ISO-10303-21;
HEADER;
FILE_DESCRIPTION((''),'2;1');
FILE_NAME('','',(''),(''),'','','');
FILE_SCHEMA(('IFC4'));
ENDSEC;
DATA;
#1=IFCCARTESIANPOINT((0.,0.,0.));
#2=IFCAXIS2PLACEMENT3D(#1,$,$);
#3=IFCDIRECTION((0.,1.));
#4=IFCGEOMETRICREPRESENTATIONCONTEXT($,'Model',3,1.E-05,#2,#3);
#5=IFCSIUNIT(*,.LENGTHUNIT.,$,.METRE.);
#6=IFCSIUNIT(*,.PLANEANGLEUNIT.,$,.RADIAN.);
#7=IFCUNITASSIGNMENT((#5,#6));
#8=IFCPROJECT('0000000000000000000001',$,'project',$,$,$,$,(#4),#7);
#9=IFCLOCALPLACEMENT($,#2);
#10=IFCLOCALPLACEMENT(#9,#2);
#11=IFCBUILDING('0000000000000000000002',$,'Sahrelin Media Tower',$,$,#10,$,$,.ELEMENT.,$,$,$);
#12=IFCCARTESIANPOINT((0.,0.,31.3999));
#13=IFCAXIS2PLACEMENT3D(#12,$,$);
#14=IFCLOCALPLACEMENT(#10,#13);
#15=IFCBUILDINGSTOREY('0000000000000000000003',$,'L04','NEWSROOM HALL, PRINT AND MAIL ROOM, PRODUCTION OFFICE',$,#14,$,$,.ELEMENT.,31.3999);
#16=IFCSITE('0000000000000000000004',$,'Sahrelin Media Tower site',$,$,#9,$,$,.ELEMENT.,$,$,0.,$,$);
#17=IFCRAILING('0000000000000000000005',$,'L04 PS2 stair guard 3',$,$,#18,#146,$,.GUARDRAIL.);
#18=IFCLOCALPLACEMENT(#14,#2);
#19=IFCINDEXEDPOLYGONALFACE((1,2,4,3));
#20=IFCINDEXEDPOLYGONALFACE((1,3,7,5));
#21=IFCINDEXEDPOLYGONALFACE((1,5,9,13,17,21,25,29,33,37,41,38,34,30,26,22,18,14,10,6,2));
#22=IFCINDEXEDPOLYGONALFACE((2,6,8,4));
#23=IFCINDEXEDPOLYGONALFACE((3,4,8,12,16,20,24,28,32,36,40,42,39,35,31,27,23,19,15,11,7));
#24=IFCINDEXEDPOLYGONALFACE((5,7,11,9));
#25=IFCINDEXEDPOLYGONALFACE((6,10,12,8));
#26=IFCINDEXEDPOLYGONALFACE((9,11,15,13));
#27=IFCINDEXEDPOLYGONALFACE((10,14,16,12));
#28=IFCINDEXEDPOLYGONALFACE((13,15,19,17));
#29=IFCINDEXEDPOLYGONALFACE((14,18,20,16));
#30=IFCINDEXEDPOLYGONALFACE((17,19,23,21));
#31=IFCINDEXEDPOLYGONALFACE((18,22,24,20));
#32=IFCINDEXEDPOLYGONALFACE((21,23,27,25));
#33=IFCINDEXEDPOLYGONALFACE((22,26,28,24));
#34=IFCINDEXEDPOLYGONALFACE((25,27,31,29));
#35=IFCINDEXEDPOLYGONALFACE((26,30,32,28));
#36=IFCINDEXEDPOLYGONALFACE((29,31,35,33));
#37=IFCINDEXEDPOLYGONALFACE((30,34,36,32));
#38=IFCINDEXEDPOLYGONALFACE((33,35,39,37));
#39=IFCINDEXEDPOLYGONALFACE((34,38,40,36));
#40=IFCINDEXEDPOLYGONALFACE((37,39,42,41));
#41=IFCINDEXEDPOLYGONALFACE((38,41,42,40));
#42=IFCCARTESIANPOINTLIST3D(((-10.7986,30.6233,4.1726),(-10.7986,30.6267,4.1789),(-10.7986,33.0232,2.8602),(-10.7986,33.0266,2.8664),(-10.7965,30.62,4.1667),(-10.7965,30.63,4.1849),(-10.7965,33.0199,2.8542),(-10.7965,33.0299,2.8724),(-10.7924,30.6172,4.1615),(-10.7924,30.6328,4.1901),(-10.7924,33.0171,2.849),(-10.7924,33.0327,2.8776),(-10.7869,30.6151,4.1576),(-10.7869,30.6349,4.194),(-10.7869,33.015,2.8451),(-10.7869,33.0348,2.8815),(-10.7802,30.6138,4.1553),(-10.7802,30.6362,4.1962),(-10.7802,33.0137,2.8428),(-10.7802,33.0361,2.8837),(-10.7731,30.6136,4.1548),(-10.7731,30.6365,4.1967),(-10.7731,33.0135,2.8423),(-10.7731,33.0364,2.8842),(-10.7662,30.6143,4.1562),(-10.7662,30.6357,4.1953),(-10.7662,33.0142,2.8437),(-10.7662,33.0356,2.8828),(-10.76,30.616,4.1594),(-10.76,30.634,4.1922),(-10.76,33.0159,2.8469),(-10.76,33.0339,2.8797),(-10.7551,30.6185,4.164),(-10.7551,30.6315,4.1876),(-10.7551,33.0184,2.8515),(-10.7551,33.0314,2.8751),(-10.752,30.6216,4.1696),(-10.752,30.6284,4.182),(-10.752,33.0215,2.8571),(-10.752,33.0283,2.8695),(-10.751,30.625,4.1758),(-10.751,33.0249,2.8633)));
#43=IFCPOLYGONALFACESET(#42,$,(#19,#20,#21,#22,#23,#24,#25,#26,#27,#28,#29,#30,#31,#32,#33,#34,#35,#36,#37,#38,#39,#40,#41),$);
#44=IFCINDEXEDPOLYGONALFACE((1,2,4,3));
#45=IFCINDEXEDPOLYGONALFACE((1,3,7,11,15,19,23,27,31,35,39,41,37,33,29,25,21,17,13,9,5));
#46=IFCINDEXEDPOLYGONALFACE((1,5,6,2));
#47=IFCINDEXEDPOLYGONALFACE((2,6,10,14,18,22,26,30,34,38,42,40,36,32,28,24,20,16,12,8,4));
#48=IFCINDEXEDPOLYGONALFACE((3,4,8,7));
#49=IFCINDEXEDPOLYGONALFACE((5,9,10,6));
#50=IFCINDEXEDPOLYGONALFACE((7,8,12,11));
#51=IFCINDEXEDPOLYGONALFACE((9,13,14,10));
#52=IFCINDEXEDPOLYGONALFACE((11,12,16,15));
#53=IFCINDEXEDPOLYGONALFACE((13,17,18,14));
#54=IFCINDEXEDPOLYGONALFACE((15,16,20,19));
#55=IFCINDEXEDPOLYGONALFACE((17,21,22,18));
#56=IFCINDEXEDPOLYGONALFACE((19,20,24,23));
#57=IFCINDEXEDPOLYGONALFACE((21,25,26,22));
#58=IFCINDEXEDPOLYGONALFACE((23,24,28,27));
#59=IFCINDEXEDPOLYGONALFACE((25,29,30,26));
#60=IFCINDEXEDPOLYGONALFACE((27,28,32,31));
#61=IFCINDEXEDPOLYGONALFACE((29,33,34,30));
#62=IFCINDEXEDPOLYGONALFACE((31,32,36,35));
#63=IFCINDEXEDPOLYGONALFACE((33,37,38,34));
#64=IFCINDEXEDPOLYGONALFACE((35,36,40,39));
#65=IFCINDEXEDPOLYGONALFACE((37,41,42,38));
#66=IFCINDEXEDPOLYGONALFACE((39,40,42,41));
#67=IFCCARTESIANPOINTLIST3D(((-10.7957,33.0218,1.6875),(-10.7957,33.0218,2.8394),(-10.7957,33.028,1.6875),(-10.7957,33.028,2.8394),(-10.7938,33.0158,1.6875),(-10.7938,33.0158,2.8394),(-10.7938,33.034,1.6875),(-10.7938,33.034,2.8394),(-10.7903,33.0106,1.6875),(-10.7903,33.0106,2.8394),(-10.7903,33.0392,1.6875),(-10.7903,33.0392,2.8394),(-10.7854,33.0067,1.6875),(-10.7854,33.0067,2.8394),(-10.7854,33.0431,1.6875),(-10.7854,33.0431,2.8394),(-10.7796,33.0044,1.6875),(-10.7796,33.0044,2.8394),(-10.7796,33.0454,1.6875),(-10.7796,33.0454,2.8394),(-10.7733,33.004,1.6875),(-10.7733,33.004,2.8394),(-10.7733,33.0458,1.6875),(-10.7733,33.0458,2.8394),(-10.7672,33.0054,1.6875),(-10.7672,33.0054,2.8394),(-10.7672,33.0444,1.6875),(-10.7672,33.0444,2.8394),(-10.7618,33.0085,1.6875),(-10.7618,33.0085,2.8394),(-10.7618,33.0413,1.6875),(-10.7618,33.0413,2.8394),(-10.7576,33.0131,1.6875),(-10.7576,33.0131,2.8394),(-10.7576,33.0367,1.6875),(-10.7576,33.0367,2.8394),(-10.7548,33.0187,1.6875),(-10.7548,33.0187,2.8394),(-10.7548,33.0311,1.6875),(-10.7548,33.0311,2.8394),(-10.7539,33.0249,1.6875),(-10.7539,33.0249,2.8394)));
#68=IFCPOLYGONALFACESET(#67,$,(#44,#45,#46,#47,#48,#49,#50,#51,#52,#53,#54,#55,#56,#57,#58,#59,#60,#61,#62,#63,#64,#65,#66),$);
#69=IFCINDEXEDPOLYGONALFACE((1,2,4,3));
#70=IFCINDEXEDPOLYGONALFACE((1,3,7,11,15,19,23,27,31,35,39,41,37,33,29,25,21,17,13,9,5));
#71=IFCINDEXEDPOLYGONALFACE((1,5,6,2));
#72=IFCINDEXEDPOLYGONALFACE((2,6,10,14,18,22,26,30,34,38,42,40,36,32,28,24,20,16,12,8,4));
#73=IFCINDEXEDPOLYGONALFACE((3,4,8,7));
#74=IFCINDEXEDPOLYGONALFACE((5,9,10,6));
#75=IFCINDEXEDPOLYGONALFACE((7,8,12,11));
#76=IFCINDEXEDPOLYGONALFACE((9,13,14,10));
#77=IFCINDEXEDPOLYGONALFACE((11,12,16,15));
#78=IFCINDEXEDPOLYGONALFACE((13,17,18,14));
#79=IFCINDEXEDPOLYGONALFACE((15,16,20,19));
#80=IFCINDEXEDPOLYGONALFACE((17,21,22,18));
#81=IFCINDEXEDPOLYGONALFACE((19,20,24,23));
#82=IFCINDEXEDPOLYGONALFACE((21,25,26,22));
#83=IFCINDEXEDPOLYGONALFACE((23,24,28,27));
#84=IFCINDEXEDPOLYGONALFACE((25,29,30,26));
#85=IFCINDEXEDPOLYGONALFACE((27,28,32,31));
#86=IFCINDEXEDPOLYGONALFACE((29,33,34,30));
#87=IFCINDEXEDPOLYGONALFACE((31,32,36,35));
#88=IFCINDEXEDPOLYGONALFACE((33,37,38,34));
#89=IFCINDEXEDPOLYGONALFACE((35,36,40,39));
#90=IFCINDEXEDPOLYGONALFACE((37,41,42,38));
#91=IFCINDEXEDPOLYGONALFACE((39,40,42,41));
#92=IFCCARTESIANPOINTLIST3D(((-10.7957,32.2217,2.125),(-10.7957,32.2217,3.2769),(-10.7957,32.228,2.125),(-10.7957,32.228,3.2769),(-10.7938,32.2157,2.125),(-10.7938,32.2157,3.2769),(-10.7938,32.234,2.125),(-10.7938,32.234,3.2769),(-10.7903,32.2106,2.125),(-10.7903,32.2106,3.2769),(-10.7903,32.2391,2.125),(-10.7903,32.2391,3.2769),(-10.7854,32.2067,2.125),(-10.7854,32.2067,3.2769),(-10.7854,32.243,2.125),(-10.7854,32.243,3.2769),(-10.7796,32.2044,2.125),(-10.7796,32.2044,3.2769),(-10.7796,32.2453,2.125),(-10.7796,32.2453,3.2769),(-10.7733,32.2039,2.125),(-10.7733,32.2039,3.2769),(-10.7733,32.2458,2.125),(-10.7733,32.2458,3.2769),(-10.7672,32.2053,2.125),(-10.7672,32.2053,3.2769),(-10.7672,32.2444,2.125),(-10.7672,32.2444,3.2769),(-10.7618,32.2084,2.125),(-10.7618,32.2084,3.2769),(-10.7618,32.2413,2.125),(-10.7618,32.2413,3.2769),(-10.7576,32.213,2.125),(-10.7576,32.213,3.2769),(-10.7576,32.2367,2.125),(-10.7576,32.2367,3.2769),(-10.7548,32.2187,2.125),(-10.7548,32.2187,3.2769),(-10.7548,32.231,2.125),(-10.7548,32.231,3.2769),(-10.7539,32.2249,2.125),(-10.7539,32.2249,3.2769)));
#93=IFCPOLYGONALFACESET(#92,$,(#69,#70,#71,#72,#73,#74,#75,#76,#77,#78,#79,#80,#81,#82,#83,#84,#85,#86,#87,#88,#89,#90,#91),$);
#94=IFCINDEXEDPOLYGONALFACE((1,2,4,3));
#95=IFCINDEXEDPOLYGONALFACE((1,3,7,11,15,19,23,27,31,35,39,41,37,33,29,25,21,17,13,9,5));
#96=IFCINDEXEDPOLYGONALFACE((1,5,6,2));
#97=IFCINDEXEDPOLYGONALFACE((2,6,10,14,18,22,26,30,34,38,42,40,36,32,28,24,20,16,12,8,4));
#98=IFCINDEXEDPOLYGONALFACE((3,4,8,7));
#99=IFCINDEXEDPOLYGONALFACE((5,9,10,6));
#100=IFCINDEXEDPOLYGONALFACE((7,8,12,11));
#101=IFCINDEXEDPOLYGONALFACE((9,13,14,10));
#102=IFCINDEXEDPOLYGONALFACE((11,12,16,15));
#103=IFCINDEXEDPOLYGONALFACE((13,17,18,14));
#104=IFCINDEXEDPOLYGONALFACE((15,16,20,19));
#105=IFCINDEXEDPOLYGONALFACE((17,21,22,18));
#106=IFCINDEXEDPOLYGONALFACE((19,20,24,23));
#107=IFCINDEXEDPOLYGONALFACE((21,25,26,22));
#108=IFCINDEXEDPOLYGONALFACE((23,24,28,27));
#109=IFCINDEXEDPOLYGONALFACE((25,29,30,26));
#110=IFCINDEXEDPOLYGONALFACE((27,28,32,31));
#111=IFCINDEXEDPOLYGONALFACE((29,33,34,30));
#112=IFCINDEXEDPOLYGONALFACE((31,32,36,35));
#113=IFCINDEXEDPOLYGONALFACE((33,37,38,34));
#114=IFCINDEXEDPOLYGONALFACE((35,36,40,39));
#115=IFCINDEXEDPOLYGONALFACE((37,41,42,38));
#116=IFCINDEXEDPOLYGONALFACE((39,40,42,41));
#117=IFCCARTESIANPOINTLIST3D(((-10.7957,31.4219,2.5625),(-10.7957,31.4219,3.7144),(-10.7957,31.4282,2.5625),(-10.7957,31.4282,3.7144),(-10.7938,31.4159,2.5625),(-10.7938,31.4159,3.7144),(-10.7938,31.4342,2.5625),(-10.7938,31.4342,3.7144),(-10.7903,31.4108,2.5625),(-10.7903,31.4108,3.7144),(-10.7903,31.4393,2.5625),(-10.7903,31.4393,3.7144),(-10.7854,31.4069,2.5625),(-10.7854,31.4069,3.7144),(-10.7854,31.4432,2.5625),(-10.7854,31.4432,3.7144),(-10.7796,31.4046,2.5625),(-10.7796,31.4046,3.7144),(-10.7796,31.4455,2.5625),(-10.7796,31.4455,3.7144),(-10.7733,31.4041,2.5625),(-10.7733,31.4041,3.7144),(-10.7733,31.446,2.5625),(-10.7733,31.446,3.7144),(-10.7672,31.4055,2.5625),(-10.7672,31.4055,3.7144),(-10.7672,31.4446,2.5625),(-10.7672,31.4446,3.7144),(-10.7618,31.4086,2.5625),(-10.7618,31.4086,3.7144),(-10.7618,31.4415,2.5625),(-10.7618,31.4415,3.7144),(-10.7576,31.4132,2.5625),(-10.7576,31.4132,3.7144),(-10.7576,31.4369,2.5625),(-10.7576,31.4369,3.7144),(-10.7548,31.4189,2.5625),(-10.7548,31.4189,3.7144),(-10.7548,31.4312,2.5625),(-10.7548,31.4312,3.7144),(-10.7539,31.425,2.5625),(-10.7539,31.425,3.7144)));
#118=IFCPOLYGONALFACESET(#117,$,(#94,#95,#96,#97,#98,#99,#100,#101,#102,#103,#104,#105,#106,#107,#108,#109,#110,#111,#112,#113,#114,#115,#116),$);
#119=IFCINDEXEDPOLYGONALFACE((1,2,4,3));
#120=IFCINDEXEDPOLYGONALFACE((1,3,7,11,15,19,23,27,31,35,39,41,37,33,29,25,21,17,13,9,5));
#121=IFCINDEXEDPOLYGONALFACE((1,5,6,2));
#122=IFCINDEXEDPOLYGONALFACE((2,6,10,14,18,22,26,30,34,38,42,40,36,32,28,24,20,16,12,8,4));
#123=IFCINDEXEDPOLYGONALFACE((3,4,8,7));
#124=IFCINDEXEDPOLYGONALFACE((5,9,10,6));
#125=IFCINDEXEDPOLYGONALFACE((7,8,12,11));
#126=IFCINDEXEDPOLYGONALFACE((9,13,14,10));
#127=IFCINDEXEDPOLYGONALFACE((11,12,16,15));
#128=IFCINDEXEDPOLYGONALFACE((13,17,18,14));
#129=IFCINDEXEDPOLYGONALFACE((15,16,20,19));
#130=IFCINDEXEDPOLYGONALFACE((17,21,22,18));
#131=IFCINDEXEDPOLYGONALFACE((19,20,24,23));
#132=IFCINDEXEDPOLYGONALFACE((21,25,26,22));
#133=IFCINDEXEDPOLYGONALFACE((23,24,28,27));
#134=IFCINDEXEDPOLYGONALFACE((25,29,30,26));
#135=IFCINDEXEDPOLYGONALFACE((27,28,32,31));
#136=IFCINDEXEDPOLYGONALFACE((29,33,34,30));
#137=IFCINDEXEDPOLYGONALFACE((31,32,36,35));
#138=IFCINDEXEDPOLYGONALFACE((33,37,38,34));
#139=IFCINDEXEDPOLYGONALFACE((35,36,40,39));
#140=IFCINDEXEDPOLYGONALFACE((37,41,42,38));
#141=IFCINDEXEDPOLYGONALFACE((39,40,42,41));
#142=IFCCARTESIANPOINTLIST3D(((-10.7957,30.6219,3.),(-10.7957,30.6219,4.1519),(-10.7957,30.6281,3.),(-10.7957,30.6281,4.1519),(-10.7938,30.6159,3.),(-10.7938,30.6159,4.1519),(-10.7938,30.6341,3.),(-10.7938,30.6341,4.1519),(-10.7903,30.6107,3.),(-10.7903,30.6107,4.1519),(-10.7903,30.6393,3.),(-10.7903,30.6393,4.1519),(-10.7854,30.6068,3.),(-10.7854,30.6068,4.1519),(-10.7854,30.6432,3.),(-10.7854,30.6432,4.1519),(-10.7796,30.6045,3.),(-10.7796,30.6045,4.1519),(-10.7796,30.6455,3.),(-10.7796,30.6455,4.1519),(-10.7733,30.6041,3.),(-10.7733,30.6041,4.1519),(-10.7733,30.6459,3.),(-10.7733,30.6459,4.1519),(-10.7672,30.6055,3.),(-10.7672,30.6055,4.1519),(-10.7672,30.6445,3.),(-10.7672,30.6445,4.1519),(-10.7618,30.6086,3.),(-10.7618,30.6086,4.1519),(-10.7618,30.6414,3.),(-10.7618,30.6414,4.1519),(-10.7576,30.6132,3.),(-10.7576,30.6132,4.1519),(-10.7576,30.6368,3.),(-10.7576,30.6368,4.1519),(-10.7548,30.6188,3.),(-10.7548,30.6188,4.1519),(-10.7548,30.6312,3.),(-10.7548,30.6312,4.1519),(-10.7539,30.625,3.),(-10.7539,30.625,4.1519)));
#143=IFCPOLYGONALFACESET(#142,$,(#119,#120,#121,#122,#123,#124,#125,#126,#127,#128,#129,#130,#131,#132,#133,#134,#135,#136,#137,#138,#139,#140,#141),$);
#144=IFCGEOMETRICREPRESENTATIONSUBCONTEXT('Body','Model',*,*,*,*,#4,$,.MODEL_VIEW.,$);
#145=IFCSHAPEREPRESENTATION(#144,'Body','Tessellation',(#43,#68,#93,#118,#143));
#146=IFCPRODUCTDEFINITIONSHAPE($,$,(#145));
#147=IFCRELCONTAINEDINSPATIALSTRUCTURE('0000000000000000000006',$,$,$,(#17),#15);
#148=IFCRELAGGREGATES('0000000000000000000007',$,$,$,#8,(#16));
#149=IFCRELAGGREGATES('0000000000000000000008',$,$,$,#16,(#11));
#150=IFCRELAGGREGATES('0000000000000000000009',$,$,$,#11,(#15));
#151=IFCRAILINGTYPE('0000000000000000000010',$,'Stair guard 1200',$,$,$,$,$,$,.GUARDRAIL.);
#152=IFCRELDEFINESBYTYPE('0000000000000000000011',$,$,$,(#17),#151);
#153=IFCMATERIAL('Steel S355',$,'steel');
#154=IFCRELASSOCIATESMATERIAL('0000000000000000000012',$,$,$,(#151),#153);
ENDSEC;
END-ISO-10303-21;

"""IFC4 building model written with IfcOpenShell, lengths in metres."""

from ifc_helpers import new_model, si_unit, direction, frame, origin, origin_2d, place, context, subcontext, project, spatial, circle, extrude, material, type_object, element, save


model = new_model("IFC4")

# Units and contexts
model_context = context("Model", 3, precision=1e-05, world=origin(), true_north=direction((0.0, 1.0)))
body_context = subcontext(model_context, "Body", "Model", "MODEL_VIEW")
ifc_project = project(units=[si_unit("LENGTHUNIT", "METRE"), si_unit("PLANEANGLEUNIT", "RADIAN")], contexts=[model_context])

# Site, building, storey
site_placement = place(None, origin())
site = spatial("IfcSite", under=ifc_project, at=site_placement, Name="Sahrelin Media Tower site", CompositionType="ELEMENT", RefElevation=0.0)
building_placement = place(site_placement, origin())
building = spatial("IfcBuilding", under=site, at=building_placement, Name="Sahrelin Media Tower", CompositionType="ELEMENT")
storey_placement = place(building_placement, frame((0.0, 0.0, 31.3999)))
storey = spatial("IfcBuildingStorey", under=building, at=storey_placement, Name="L04", Description="NEWSROOM HALL, PRINT AND MAIL ROOM, PRODUCTION OFFICE", CompositionType="ELEMENT", Elevation=31.3999)

# Shared definitions
ifc_material_1 = material(Name="Steel S355", Category="steel")

# Railing
railing_type_1 = type_object("IfcRailingType", Name="Stair guard 1200", PredefinedType="GUARDRAIL", material=ifc_material_1)
railing_1_placement = place(storey_placement, frame((-10.7749, 33.0249, 1.6875)))
element("IfcRailing", 1, at=railing_1_placement, inside=storey, type_object=railing_type_1, Name="L04 PS2 stair guard 3", PredefinedType="GUARDRAIL", context=body_context, shape_type="SweptSolid", body=[
    extrude(circle(Radius=0.0239, at=origin_2d()), frame((0.0, 0.0, 1.1758), z_axis=(0.0, -0.877363, 0.479827), x_axis=(1.0, 0.0, 0.0)), (0.0, 0.0, 1.0), 2.7354),
    extrude(circle(Radius=0.021, at=origin_2d()), origin(), (0.0, 0.0, 1.0), 1.1519),
    extrude(circle(Radius=0.021, at=origin_2d()), frame((0.0, -0.8, 0.4375)), (0.0, 0.0, 1.0), 1.1519),
    extrude(circle(Radius=0.021, at=origin_2d()), frame((0.0, -1.5999, 0.875)), (0.0, 0.0, 1.0), 1.1519),
    extrude(circle(Radius=0.021, at=origin_2d()), frame((0.0, -2.3999, 1.3125)), (0.0, 0.0, 1.0), 1.1519),
])

save(model, "model.ifc")
